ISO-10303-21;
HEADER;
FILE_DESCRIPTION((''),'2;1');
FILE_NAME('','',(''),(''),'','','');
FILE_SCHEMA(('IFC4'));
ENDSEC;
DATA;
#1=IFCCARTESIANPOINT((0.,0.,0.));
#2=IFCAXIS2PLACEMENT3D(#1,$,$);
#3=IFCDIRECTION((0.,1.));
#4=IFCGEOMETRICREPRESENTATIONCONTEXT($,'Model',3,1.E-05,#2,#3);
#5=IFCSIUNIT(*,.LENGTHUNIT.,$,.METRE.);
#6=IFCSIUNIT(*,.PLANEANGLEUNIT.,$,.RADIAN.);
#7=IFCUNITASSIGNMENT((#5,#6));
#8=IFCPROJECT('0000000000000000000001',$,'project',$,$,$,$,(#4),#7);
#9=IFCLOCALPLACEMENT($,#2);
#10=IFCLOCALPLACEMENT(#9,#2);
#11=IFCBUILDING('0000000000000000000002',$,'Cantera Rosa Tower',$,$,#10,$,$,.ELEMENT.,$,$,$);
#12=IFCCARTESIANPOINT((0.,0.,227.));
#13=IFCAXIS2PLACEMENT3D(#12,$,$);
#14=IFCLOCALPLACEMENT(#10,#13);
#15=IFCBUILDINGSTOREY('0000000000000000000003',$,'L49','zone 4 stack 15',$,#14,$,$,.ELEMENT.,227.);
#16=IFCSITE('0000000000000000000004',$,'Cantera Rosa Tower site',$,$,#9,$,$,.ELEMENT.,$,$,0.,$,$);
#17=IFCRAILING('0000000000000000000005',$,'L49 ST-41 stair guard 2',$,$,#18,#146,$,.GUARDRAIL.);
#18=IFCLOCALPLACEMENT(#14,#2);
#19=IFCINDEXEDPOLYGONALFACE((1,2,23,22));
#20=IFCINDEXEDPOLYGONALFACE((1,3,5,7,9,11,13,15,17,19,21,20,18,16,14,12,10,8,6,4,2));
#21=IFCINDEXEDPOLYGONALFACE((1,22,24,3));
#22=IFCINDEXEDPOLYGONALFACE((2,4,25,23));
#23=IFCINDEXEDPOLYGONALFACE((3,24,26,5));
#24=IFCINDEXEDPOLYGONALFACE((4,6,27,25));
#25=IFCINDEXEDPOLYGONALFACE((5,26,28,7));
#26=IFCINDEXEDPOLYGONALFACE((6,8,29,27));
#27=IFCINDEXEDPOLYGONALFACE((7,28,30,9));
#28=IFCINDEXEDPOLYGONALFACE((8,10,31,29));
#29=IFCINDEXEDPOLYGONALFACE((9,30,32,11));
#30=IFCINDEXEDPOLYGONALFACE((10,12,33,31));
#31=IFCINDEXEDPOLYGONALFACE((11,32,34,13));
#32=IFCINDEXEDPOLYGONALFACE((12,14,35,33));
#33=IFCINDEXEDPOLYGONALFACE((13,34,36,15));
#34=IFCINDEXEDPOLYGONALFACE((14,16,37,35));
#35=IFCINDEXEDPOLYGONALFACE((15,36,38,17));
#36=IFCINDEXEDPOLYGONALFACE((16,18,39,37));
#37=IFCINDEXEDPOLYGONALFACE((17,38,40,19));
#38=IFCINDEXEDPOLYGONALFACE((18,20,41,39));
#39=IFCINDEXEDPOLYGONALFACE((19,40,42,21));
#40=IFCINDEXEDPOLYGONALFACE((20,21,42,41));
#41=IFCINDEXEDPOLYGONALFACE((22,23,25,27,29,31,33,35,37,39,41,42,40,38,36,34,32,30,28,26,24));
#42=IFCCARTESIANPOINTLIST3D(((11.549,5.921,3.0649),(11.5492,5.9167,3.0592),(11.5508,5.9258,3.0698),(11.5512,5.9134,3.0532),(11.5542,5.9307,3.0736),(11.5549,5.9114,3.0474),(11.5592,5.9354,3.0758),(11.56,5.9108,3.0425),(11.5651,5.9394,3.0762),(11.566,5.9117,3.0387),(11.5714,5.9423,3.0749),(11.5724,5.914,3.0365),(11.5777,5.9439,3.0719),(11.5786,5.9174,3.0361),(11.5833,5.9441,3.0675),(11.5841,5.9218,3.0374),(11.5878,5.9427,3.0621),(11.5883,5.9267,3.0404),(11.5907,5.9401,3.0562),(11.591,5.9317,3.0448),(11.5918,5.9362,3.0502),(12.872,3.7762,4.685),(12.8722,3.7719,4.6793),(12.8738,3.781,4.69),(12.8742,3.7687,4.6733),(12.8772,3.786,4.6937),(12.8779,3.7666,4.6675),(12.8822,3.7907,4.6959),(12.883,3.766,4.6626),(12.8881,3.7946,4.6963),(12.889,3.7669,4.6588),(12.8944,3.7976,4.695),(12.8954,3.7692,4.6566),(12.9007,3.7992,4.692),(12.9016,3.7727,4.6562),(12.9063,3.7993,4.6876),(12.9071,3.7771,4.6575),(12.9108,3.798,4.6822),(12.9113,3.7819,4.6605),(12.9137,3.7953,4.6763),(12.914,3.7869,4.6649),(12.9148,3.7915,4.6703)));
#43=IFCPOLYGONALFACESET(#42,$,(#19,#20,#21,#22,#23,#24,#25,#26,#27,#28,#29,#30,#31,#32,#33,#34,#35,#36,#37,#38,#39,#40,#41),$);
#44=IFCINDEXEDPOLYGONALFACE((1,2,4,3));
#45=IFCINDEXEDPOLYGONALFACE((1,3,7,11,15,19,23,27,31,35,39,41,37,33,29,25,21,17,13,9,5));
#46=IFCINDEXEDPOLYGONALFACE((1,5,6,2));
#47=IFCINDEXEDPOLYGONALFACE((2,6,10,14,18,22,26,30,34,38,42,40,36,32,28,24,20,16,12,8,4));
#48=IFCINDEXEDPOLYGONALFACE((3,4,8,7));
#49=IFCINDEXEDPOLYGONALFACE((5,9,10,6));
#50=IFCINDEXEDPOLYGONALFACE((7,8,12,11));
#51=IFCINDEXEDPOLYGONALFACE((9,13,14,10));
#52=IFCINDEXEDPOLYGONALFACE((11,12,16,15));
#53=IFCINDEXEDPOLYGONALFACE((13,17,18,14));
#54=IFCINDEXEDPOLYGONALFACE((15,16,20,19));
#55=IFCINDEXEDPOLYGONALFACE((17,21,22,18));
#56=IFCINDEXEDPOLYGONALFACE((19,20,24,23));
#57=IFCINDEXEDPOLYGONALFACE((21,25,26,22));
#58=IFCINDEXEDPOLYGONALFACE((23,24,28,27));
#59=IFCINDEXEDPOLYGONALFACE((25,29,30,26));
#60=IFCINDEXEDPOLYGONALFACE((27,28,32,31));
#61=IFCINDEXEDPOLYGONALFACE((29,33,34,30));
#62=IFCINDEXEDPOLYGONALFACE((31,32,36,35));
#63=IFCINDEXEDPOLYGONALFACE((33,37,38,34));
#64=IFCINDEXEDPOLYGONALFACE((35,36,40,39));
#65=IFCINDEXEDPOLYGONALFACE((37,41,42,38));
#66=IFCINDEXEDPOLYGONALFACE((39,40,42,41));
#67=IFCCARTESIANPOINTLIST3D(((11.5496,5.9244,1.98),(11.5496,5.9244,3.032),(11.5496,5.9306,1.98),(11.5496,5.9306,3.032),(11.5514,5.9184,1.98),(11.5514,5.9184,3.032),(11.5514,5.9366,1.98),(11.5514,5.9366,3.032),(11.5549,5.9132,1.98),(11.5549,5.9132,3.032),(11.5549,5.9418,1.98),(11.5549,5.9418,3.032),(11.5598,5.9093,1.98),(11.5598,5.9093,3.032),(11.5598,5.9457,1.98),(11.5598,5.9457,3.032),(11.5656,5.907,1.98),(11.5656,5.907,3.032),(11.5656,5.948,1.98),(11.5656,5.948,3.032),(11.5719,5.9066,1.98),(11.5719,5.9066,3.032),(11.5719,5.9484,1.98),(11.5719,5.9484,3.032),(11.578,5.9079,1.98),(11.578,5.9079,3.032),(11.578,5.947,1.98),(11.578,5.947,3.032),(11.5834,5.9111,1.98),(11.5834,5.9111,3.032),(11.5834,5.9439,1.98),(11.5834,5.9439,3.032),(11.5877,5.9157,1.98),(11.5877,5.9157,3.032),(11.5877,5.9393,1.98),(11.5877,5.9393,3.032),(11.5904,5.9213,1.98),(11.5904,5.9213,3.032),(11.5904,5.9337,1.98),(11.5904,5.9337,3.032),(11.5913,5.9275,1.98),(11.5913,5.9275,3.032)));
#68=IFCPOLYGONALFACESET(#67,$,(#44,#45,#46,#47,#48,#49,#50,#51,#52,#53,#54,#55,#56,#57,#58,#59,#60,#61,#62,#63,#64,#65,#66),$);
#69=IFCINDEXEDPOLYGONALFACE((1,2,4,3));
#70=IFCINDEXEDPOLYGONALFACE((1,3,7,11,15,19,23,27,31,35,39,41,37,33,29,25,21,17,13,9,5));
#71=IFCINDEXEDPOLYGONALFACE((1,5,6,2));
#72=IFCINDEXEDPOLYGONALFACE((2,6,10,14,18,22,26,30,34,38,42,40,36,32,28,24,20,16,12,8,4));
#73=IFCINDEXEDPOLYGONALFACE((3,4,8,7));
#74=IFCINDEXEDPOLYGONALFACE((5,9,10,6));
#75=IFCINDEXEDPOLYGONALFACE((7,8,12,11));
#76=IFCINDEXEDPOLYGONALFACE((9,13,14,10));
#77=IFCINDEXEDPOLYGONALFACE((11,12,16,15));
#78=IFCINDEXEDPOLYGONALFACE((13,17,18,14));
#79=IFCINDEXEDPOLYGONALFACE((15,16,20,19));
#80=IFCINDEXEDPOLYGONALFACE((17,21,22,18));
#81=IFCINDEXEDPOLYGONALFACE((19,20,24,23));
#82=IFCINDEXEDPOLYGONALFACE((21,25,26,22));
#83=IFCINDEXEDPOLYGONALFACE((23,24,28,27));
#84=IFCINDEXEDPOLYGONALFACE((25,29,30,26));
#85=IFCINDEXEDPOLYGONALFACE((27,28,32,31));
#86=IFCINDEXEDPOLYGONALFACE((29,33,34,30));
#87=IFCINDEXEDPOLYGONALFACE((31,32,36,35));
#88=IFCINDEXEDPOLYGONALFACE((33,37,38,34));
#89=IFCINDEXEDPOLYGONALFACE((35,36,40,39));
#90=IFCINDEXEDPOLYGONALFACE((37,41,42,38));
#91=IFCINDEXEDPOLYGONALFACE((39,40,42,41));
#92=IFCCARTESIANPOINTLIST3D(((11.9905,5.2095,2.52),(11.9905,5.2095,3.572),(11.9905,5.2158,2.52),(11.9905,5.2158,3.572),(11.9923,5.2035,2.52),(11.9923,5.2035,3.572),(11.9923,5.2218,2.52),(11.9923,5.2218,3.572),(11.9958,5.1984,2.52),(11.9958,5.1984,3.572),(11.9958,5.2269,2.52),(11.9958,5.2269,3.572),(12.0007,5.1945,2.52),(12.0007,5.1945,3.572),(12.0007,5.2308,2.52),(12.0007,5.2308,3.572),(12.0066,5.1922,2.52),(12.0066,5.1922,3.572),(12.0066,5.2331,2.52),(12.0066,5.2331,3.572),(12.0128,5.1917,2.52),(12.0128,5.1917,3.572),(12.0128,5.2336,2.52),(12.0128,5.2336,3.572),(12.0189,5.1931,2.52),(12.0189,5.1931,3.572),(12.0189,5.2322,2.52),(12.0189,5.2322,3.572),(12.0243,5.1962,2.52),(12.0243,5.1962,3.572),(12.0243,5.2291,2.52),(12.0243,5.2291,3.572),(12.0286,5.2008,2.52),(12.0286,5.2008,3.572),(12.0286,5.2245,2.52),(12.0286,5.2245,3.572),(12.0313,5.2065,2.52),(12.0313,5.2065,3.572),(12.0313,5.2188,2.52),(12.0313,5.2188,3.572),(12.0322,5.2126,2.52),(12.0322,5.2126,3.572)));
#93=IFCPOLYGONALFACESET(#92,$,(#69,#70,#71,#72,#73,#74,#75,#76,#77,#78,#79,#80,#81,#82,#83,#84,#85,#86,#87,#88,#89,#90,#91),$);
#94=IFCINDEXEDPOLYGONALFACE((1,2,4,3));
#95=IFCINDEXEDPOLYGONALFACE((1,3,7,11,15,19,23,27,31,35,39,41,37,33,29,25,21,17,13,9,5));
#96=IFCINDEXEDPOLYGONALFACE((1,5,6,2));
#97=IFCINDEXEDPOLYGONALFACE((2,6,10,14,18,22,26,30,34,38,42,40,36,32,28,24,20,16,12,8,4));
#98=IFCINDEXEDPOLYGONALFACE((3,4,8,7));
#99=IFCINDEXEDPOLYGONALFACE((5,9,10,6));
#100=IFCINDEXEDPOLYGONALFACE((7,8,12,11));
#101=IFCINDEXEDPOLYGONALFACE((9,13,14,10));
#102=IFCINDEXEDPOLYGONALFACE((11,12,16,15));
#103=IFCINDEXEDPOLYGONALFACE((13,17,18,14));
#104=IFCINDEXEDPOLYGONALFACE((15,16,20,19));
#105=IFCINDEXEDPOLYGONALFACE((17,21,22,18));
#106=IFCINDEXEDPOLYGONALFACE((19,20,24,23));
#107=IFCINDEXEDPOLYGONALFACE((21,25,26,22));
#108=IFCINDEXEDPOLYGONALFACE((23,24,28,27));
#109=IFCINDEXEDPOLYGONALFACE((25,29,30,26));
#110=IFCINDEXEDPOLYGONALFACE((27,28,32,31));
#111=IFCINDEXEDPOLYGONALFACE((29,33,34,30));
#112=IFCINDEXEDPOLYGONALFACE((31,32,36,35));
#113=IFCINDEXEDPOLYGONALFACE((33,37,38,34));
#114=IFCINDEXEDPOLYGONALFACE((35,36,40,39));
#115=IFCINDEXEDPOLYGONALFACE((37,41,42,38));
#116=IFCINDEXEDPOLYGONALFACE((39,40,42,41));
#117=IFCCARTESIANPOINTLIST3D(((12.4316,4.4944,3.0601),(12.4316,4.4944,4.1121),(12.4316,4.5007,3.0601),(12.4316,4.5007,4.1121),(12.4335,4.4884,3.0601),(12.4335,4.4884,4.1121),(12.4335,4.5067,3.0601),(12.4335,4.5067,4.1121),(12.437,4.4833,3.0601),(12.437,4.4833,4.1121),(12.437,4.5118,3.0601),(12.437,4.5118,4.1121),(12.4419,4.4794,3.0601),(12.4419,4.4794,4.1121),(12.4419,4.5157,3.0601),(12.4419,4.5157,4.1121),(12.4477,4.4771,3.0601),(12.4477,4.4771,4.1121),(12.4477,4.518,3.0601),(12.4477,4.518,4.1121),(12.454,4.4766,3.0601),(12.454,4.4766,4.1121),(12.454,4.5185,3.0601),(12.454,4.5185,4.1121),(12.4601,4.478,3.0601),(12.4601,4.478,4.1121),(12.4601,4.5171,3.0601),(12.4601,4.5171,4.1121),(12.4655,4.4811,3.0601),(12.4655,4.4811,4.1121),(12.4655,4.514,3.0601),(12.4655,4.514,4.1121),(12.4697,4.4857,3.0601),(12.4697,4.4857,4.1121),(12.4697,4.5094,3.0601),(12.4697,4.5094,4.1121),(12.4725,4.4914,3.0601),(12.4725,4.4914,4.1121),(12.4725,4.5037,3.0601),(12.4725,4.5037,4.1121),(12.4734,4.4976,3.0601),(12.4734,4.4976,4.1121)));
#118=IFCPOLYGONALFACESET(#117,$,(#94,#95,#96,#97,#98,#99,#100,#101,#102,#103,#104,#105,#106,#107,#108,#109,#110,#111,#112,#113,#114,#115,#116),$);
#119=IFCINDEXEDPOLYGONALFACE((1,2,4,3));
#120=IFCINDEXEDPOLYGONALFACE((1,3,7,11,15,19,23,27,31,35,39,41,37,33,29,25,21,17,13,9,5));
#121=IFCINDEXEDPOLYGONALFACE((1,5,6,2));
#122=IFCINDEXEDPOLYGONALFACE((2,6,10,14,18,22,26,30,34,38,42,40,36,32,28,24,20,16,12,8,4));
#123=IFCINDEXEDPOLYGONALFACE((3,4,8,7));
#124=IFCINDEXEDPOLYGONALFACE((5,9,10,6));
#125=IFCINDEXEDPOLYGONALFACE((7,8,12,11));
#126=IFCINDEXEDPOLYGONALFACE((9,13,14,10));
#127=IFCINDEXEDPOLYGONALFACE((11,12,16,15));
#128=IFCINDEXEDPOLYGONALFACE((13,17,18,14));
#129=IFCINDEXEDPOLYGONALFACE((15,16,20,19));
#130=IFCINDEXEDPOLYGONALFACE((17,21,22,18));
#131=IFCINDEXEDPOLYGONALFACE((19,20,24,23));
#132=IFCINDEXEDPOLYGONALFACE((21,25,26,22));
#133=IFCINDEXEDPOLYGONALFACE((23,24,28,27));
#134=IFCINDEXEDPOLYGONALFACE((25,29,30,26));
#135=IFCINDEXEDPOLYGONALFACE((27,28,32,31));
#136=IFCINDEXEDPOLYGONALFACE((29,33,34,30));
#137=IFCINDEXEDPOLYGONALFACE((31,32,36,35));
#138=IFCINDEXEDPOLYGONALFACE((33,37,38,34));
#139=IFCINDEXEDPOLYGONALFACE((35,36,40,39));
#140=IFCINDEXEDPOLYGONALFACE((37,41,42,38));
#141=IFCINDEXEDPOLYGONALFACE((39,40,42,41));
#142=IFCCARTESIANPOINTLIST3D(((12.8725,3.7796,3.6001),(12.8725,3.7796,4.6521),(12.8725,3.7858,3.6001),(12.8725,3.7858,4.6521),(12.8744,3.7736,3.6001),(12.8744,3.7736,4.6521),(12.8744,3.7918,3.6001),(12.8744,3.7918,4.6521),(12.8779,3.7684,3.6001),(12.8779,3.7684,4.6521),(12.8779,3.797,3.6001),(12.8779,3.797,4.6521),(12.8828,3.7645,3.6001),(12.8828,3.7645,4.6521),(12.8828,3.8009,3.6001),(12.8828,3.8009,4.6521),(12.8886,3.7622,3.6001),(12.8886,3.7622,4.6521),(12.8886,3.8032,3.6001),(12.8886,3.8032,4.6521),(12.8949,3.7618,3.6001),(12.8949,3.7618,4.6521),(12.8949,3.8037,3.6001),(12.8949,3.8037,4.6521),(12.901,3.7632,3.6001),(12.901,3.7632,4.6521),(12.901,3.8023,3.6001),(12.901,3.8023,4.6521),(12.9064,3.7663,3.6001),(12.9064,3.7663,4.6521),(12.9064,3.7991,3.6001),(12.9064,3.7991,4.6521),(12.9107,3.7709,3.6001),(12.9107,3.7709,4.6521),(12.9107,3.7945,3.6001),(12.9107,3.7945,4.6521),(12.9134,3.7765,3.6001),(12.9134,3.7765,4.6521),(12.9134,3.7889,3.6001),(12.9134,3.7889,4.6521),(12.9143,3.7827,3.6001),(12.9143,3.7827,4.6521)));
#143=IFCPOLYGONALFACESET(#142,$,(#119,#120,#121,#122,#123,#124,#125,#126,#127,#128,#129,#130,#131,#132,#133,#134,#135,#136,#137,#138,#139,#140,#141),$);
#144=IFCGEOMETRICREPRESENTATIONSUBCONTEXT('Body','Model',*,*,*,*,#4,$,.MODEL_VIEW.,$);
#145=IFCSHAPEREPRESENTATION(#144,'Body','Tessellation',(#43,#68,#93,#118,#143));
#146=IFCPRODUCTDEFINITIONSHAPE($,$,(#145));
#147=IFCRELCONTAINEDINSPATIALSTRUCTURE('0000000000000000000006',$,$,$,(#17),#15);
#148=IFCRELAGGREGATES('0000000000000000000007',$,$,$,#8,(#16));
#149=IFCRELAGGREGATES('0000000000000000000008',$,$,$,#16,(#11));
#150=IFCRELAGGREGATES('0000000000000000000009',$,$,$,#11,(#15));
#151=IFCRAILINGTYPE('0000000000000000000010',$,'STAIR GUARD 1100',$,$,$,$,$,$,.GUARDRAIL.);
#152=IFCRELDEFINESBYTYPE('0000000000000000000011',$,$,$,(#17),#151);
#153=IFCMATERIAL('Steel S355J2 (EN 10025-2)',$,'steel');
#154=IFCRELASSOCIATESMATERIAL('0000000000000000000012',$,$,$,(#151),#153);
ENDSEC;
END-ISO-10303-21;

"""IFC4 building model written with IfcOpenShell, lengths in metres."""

from ifc_helpers import new_model, si_unit, direction, frame, origin, origin_2d, place, context, subcontext, project, spatial, circle, extrude, material, type_object, element, save


model = new_model("IFC4")

# Units and contexts
model_context = context("Model", 3, precision=1e-05, world=origin(), true_north=direction((0.0, 1.0)))
body_context = subcontext(model_context, "Body", "Model", "MODEL_VIEW")
ifc_project = project(units=[si_unit("LENGTHUNIT", "METRE"), si_unit("PLANEANGLEUNIT", "RADIAN")], contexts=[model_context])

# Site, building, storey
site_placement = place(None, origin())
site = spatial("IfcSite", under=ifc_project, at=site_placement, Name="Cantera Rosa Tower site", CompositionType="ELEMENT", RefElevation=0.0)
building_placement = place(site_placement, origin())
building = spatial("IfcBuilding", under=site, at=building_placement, Name="Cantera Rosa Tower", CompositionType="ELEMENT")
storey_placement = place(building_placement, frame((0.0, 0.0, 227.0)))
storey = spatial("IfcBuildingStorey", under=building, at=storey_placement, Name="L49", Description="zone 4 stack 15", CompositionType="ELEMENT", Elevation=227.0)

# Railing
ifc_material_1 = material(Name="Steel S355J2 (EN 10025-2)", Category="steel")
railing_type_1 = type_object("IfcRailingType", Name="STAIR GUARD 1100", PredefinedType="GUARDRAIL", material=ifc_material_1)
railing_1_placement = place(storey_placement, frame((11.5703, 5.9275, 1.98)))
element("IfcRailing", 1, at=railing_1_placement, inside=storey, type_object=railing_type_1, Name="L49 ST-41 stair guard 2", PredefinedType="GUARDRAIL", context=body_context, shape_type="SweptSolid", body=[
    extrude(circle(Radius=0.0239, at=origin_2d()), frame((0.0, 0.0, 1.0762), z_axis=(0.441609, -0.715914, 0.540786), x_axis=(0.851102, 0.525, 0.0)), (0.0, 0.0, 1.0), 2.9958),
    extrude(circle(Radius=0.021, at=origin_2d()), origin(), (0.0, 0.0, 1.0), 1.052),
    extrude(circle(Radius=0.021, at=origin_2d()), frame((0.4409, -0.7148, 0.54)), (0.0, 0.0, 1.0), 1.052),
    extrude(circle(Radius=0.021, at=origin_2d()), frame((0.8821, -1.4299, 1.0801)), (0.0, 0.0, 1.0), 1.052),
    extrude(circle(Radius=0.021, at=origin_2d()), frame((1.323, -2.1448, 1.6201)), (0.0, 0.0, 1.0), 1.052),
])

save(model, "model.ifc")
